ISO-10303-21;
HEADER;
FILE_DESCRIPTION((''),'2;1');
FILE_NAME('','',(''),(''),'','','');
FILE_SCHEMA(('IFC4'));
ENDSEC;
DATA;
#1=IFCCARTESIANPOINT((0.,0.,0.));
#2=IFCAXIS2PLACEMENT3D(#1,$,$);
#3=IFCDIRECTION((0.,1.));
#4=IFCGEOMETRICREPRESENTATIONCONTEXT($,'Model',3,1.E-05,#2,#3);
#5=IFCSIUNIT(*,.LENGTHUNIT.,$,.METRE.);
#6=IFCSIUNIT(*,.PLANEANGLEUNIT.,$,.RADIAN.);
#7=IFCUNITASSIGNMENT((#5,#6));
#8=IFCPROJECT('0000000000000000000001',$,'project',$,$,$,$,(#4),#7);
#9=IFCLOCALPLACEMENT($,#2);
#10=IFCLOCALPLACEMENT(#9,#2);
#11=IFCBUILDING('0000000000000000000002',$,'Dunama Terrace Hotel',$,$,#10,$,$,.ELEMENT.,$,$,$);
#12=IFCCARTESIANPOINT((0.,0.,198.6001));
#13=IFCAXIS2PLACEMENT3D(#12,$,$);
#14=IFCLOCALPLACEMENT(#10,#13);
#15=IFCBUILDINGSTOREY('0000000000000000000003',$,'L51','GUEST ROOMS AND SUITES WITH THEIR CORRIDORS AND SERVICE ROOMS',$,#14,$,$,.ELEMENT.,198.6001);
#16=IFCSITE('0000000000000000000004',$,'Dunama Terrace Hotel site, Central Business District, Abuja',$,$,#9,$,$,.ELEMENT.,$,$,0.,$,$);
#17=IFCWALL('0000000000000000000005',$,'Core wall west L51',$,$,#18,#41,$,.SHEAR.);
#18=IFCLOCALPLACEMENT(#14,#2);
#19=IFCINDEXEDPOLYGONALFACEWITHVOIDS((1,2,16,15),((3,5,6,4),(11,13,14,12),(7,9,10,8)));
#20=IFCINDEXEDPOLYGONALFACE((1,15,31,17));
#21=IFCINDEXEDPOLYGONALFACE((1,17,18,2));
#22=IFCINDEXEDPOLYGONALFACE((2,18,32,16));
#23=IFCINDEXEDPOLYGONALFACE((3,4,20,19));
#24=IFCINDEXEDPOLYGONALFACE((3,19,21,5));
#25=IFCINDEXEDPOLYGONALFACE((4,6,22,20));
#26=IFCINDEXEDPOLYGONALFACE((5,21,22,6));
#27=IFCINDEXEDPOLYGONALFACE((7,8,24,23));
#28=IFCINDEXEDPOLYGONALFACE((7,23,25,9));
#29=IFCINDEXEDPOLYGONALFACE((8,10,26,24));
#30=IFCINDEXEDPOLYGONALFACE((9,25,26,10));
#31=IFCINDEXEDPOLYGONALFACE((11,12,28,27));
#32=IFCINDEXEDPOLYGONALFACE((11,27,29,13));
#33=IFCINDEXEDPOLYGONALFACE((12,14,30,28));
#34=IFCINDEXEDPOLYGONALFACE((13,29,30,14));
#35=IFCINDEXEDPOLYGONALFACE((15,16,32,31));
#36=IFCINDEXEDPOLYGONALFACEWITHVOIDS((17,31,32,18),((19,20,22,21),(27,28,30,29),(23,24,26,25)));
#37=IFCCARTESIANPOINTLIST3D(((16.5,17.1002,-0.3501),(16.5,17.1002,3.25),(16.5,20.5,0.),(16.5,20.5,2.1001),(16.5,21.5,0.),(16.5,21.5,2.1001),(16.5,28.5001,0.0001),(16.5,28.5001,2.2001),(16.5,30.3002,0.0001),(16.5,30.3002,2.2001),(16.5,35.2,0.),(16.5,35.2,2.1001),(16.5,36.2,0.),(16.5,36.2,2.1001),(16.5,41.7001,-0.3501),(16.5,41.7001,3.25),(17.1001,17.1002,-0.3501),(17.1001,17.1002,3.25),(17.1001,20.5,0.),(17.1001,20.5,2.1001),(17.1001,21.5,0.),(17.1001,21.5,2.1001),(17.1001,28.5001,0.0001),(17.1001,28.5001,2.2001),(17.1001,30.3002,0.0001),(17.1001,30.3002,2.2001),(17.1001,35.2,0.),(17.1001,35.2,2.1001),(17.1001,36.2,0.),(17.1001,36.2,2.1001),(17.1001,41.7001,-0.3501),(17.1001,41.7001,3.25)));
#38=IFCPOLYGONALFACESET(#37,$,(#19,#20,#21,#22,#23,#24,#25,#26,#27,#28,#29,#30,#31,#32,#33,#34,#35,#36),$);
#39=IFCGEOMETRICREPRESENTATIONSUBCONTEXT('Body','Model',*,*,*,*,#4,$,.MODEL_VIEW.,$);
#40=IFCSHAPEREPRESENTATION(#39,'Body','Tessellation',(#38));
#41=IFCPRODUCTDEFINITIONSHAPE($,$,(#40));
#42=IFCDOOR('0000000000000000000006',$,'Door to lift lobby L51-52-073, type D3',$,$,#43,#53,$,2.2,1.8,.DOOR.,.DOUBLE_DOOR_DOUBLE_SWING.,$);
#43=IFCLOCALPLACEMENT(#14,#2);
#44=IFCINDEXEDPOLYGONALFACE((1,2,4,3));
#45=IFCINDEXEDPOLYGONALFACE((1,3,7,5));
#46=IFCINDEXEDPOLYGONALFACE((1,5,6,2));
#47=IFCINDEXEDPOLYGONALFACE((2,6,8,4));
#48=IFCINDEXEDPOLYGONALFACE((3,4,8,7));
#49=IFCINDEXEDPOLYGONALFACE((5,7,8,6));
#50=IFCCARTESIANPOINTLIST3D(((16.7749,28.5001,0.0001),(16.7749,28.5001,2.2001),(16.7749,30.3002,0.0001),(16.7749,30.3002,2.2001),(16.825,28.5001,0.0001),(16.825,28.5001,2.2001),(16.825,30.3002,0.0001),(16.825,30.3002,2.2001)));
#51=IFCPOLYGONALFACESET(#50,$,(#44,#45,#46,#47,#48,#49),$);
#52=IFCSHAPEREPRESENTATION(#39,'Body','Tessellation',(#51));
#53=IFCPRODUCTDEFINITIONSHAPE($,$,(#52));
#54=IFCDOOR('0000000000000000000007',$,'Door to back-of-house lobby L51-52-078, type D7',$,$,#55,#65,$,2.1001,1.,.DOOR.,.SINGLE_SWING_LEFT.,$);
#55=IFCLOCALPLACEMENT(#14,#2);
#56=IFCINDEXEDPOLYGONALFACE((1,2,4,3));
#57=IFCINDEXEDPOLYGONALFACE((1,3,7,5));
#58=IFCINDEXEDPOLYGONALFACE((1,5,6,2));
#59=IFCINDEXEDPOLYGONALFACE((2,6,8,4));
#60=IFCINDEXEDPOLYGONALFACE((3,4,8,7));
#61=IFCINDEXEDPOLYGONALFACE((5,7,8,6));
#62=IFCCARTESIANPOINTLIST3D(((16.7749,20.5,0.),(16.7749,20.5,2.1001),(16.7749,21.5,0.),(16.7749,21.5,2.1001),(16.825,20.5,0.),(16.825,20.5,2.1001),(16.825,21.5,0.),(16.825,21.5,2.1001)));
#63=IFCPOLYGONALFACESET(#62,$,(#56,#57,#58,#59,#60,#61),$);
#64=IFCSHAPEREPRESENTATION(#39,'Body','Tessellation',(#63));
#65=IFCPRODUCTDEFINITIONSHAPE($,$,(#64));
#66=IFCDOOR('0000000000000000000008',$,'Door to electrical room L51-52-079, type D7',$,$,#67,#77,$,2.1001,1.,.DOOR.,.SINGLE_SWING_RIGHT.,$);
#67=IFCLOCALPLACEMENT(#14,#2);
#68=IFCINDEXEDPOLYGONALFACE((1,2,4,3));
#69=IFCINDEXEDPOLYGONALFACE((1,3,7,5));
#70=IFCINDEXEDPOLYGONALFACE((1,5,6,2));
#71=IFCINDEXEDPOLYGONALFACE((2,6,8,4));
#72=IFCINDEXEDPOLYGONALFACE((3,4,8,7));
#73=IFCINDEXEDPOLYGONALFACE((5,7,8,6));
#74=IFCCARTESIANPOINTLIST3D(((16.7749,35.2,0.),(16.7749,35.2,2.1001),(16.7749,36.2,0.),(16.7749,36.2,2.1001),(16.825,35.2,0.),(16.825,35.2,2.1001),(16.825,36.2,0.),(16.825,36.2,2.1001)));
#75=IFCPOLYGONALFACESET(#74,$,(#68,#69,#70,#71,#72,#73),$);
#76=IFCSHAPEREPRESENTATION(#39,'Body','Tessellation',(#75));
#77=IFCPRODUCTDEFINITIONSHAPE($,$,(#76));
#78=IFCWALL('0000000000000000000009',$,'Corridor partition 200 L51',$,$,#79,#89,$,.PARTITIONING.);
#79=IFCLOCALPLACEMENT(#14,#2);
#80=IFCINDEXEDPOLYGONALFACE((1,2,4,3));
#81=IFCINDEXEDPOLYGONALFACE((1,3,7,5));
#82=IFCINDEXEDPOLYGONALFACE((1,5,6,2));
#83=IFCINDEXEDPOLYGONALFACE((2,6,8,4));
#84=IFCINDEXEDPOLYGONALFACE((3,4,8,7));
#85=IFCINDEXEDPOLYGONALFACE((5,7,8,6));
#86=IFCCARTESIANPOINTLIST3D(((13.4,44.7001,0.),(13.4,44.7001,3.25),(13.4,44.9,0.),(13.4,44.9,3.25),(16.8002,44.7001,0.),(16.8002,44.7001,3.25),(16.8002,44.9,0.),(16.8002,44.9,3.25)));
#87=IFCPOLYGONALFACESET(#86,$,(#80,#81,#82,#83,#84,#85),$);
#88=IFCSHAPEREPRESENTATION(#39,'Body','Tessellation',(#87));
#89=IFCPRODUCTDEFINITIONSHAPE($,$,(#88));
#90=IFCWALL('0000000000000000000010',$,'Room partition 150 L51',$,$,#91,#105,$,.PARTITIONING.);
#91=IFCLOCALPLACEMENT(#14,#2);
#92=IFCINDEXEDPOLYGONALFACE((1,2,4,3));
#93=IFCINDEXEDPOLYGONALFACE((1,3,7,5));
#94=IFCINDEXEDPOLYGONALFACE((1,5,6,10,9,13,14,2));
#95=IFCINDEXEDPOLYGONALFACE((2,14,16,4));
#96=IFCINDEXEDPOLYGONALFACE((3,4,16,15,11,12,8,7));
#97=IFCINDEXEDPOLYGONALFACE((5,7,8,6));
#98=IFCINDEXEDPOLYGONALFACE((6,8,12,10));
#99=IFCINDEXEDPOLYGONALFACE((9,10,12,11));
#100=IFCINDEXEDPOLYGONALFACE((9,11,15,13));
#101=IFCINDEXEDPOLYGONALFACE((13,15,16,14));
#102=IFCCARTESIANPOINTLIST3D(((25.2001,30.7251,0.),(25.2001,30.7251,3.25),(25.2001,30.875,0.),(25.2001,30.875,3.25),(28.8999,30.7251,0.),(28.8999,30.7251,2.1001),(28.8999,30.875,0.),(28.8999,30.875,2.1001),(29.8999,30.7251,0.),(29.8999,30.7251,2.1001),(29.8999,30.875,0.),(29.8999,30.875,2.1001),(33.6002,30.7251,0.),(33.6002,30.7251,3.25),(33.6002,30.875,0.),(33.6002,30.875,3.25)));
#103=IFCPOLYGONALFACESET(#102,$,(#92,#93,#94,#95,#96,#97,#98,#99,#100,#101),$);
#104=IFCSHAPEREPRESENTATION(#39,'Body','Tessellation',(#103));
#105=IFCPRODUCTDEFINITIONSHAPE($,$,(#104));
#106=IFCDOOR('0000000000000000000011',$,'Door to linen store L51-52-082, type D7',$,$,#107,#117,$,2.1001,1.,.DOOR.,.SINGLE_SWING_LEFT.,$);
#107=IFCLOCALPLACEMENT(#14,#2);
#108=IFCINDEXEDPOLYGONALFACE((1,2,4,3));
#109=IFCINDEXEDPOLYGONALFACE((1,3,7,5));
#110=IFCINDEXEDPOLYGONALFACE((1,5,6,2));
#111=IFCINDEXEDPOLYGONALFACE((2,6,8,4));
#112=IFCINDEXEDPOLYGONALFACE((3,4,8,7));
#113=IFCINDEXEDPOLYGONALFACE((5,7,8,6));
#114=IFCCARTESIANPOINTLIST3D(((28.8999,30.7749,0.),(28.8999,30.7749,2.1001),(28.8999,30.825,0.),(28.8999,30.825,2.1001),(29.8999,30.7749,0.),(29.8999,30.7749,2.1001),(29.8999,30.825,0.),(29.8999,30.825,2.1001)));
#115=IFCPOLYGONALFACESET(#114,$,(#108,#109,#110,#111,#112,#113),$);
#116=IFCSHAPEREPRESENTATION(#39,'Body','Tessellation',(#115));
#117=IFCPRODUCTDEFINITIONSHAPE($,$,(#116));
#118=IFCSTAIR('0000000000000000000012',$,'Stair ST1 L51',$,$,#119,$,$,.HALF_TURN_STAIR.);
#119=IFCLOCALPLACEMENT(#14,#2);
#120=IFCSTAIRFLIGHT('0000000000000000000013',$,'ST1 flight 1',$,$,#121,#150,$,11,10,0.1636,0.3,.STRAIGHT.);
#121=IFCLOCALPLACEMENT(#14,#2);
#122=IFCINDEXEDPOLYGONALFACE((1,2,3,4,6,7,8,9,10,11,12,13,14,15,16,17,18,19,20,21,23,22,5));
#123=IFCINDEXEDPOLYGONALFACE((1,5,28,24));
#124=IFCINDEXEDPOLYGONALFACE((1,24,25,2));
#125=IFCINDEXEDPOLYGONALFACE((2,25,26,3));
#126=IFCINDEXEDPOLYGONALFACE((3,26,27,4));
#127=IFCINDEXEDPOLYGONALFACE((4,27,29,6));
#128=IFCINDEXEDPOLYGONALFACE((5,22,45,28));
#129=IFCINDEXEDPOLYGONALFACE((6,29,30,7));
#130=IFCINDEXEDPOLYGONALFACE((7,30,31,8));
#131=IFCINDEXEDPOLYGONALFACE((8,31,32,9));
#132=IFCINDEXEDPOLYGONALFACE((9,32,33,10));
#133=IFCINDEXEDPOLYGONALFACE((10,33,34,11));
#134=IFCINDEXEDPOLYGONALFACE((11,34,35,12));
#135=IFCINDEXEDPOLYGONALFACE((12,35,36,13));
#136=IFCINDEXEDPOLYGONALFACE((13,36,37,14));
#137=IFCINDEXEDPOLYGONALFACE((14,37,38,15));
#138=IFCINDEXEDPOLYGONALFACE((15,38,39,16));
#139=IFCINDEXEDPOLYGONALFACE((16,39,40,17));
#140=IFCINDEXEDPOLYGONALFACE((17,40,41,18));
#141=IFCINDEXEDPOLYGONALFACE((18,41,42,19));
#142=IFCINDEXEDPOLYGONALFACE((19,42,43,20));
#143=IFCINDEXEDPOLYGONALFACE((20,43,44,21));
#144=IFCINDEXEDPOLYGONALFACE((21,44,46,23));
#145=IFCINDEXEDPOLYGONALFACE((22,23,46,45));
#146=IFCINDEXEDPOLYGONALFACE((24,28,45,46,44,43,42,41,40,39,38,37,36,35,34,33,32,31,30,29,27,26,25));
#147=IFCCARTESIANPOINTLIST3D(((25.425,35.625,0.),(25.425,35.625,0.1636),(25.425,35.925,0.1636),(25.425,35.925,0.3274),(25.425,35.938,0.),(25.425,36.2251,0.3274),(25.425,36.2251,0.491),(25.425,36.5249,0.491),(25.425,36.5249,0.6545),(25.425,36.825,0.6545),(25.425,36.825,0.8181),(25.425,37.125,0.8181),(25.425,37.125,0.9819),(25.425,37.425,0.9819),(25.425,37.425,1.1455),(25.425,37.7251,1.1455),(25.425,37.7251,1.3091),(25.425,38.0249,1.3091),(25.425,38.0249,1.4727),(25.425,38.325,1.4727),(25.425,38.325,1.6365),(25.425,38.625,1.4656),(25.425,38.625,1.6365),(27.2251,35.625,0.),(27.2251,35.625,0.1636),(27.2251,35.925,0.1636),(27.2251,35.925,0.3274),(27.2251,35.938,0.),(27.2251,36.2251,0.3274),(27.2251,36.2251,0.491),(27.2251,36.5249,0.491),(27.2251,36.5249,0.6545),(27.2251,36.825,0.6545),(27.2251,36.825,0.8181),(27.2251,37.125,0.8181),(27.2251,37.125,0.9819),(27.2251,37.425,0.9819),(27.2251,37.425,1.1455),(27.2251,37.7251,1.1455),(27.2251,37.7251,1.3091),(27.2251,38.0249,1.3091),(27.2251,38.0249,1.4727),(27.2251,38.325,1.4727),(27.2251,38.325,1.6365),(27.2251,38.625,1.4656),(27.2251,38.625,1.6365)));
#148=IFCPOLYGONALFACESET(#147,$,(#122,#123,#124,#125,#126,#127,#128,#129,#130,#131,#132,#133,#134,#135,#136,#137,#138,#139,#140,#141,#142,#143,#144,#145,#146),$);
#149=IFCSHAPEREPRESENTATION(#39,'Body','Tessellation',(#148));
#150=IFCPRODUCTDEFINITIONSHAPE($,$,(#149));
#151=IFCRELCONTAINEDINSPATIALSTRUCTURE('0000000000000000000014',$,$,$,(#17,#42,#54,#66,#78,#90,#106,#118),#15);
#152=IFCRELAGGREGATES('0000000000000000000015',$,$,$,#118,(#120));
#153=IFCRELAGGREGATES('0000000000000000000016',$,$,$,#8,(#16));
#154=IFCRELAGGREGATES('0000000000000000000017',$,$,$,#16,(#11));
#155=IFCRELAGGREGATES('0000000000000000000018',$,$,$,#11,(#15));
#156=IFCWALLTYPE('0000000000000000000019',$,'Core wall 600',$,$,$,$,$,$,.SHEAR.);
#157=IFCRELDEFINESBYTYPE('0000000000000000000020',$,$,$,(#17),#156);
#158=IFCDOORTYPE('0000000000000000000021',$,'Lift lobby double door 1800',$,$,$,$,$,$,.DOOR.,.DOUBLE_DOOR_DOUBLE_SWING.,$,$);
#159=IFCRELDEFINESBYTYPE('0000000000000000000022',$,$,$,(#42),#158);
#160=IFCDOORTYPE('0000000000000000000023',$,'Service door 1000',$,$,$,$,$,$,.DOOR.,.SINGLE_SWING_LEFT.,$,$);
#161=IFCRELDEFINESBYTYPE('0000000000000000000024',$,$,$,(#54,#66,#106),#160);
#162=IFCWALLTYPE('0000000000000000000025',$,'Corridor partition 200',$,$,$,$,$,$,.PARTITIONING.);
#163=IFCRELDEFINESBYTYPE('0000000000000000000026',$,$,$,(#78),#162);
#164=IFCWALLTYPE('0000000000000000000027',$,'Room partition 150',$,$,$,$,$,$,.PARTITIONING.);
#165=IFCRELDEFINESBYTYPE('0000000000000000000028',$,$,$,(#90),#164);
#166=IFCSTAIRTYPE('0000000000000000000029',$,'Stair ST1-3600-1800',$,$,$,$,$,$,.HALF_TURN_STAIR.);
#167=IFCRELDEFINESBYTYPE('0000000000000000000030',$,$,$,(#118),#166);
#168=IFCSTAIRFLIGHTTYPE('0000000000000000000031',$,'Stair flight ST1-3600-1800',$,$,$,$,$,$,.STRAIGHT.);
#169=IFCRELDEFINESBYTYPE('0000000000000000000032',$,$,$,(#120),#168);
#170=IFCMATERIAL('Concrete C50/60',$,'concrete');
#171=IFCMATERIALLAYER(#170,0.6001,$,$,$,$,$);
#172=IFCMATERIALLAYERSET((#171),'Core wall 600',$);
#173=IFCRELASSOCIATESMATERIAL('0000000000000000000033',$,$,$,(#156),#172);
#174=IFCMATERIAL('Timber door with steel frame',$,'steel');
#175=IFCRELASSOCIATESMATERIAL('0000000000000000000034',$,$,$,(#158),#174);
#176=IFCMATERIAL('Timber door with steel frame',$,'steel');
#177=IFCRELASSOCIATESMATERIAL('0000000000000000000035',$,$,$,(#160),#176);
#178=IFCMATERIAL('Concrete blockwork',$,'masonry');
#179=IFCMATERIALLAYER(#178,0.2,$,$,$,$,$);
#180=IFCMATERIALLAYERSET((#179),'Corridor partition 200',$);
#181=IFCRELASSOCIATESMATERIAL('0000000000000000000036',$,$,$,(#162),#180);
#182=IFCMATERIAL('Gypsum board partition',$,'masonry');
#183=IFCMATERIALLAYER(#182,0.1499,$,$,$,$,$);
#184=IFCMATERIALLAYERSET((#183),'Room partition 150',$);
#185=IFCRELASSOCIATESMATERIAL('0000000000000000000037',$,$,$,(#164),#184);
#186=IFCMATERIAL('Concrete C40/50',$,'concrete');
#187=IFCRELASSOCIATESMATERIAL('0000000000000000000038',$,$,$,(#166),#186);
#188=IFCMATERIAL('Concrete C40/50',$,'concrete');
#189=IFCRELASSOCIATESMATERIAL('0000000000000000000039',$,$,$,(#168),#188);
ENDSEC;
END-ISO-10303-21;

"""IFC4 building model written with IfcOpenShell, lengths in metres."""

from ifc_helpers import new_model, si_unit, direction, frame, frame_2d, origin, place, context, subcontext, project, spatial, polyline, rectangle, outline, extrude, material, layer, layer_set, type_object, element, fill, aggregate, save


model = new_model("IFC4")

# Units and contexts
model_context = context("Model", 3, precision=1e-05, world=origin(), true_north=direction((0.0, 1.0)))
body_context = subcontext(model_context, "Body", "Model", "MODEL_VIEW")
ifc_project = project(units=[si_unit("LENGTHUNIT", "METRE"), si_unit("PLANEANGLEUNIT", "RADIAN")], contexts=[model_context])

# Site, building, storey
site_placement = place(None, origin())
site = spatial("IfcSite", under=ifc_project, at=site_placement, Name="Dunama Terrace Hotel site, Central Business District, Abuja", CompositionType="ELEMENT", RefElevation=0.0)
building_placement = place(site_placement, origin())
building = spatial("IfcBuilding", under=site, at=building_placement, Name="Dunama Terrace Hotel", CompositionType="ELEMENT")
storey_placement = place(building_placement, frame((0.0, 0.0, 198.6001)))
storey = spatial("IfcBuildingStorey", under=building, at=storey_placement, Name="L51", Description="GUEST ROOMS AND SUITES WITH THEIR CORRIDORS AND SERVICE ROOMS", CompositionType="ELEMENT", Elevation=198.6001)

# Wall, openings, doors
ifc_material_1 = material(Name="Concrete C50/60", Category="concrete")
ifc_layer_1 = layer(ifc_material_1, 0.6001)
ifc_layer_set_1 = layer_set([ifc_layer_1], Name="Core wall 600")
wall_type_1 = type_object("IfcWallType", Name="Core wall 600", PredefinedType="SHEAR", material=ifc_layer_set_1)
wall_1_placement = place(storey_placement, frame((16.8, 41.7, -0.3501), z_axis=(0.0, 0.0, 1.0), x_axis=(0.0, -1.0, 0.0)))
wall_1 = element("IfcWall", 1, at=wall_1_placement, inside=storey, type_object=wall_type_1, Name="Core wall west L51", PredefinedType="SHEAR", context=body_context, shape_type="SweptSolid", body=[
    extrude(rectangle(XDim=24.5999, YDim=0.6001, at=frame_2d((12.2998, 0.0))), origin(), (0.0, 0.0, 1.0), 3.6001),
])
opening_1_placement = place(wall_1_placement, frame((11.3999, 0.0, 0.3501)))
opening_1 = element("IfcOpeningElement", 2, at=opening_1_placement, cuts=wall_1, PredefinedType="OPENING", context=body_context, shape_type="SweptSolid", body=[
    extrude(rectangle(XDim=1.8, YDim=2.2, at=frame_2d((0.8999, 1.1001))), frame((0.0, 0.3101, 0.0), z_axis=(0.0, -1.0, 0.0), x_axis=(1.0, 0.0, 0.0)), (0.0, 0.0, 1.0), 0.6201),
])
opening_2_placement = place(wall_1_placement, frame((20.2, 0.0, 0.3501)))
opening_2 = element("IfcOpeningElement", 3, at=opening_2_placement, cuts=wall_1, PredefinedType="OPENING", context=body_context, shape_type="SweptSolid", body=[
    extrude(rectangle(XDim=1.0, YDim=2.1001, at=frame_2d((0.5, 1.05))), frame((0.0, 0.3101, 0.0), z_axis=(0.0, -1.0, 0.0), x_axis=(1.0, 0.0, 0.0)), (0.0, 0.0, 1.0), 0.6201),
])
opening_3_placement = place(wall_1_placement, frame((5.5, 0.0, 0.3501)))
opening_3 = element("IfcOpeningElement", 4, at=opening_3_placement, cuts=wall_1, PredefinedType="OPENING", context=body_context, shape_type="SweptSolid", body=[
    extrude(rectangle(XDim=1.0, YDim=2.1001, at=frame_2d((0.5, 1.05))), frame((0.0, 0.3101, 0.0), z_axis=(0.0, -1.0, 0.0), x_axis=(1.0, 0.0, 0.0)), (0.0, 0.0, 1.0), 0.6201),
])
ifc_material_2 = material(Name="Timber door with steel frame", Category="steel")
door_type_1 = type_object("IfcDoorType", Name="Lift lobby double door 1800", OperationType="DOUBLE_DOOR_DOUBLE_SWING", PredefinedType="DOOR", material=ifc_material_2)
door_1_placement = place(opening_1_placement, origin())
door_1 = element("IfcDoor", 5, at=door_1_placement, inside=storey, type_object=door_type_1, Name="Door to lift lobby L51-52-073, type D3", OperationType="DOUBLE_DOOR_DOUBLE_SWING", OverallHeight=2.2, OverallWidth=1.8, PredefinedType="DOOR", context=body_context, shape_type="SweptSolid", body=[
    extrude(rectangle(XDim=1.8, YDim=2.2, at=frame_2d((0.8999, 1.1001))), frame((0.0, 0.0249, 0.0), z_axis=(0.0, -1.0, 0.0), x_axis=(1.0, 0.0, 0.0)), (0.0, 0.0, 1.0), 0.05),
])
fill(opening_1, door_1)
ifc_material_3 = material(Name="Timber door with steel frame", Category="steel")
door_type_2 = type_object("IfcDoorType", Name="Service door 1000", OperationType="SINGLE_SWING_LEFT", PredefinedType="DOOR", material=ifc_material_3)
door_2_placement = place(opening_2_placement, origin())
door_2 = element("IfcDoor", 6, at=door_2_placement, inside=storey, type_object=door_type_2, Name="Door to back-of-house lobby L51-52-078, type D7", OperationType="SINGLE_SWING_LEFT", OverallHeight=2.1001, OverallWidth=1.0, PredefinedType="DOOR", context=body_context, shape_type="SweptSolid", body=[
    extrude(rectangle(XDim=1.0, YDim=2.1001, at=frame_2d((0.5, 1.05))), frame((0.0, 0.0249, 0.0), z_axis=(0.0, -1.0, 0.0), x_axis=(1.0, 0.0, 0.0)), (0.0, 0.0, 1.0), 0.05),
])
fill(opening_2, door_2)
door_3_placement = place(opening_3_placement, origin())
door_3 = element("IfcDoor", 7, at=door_3_placement, inside=storey, type_object=door_type_2, Name="Door to electrical room L51-52-079, type D7", OperationType="SINGLE_SWING_RIGHT", OverallHeight=2.1001, OverallWidth=1.0, PredefinedType="DOOR", context=body_context, shape_type="SweptSolid", body=[
    extrude(rectangle(XDim=1.0, YDim=2.1001, at=frame_2d((0.5, 1.05))), frame((0.0, 0.0249, 0.0), z_axis=(0.0, -1.0, 0.0), x_axis=(1.0, 0.0, 0.0)), (0.0, 0.0, 1.0), 0.05),
])
fill(opening_3, door_3)

# Wall
ifc_material_4 = material(Name="Concrete blockwork", Category="masonry")
ifc_layer_2 = layer(ifc_material_4, 0.2)
ifc_layer_set_2 = layer_set([ifc_layer_2], Name="Corridor partition 200")
wall_type_2 = type_object("IfcWallType", Name="Corridor partition 200", PredefinedType="PARTITIONING", material=ifc_layer_set_2)
wall_2_placement = place(storey_placement, frame((13.3999, 44.8, 0.0), z_axis=(0.0, 0.0, 1.0), x_axis=(1.0, 0.0, 0.0)))
element("IfcWall", 8, at=wall_2_placement, inside=storey, type_object=wall_type_2, Name="Corridor partition 200 L51", PredefinedType="PARTITIONING", context=body_context, shape_type="SweptSolid", body=[
    extrude(rectangle(XDim=3.4001, YDim=0.2, at=frame_2d((1.7002, 0.0))), origin(), (0.0, 0.0, 1.0), 3.25),
])

# Wall, opening, door
ifc_material_5 = material(Name="Gypsum board partition", Category="masonry")
ifc_layer_3 = layer(ifc_material_5, 0.1499)
ifc_layer_set_3 = layer_set([ifc_layer_3], Name="Room partition 150")
wall_type_3 = type_object("IfcWallType", Name="Room partition 150", PredefinedType="PARTITIONING", material=ifc_layer_set_3)
wall_3_placement = place(storey_placement, frame((25.2, 30.8, 0.0), z_axis=(0.0, 0.0, 1.0), x_axis=(1.0, 0.0, 0.0)))
wall_3 = element("IfcWall", 9, at=wall_3_placement, inside=storey, type_object=wall_type_3, Name="Room partition 150 L51", PredefinedType="PARTITIONING", context=body_context, shape_type="SweptSolid", body=[
    extrude(rectangle(XDim=8.4001, YDim=0.1499, at=frame_2d((4.2002, 0.0))), origin(), (0.0, 0.0, 1.0), 3.25),
])
opening_4_placement = place(wall_3_placement, frame((3.7, 0.0, 0.0)))
opening_4 = element("IfcOpeningElement", 10, at=opening_4_placement, cuts=wall_3, PredefinedType="OPENING", context=body_context, shape_type="SweptSolid", body=[
    extrude(rectangle(XDim=1.0, YDim=2.1001, at=frame_2d((0.5, 1.05))), frame((0.0, 0.085, 0.0), z_axis=(0.0, -1.0, 0.0), x_axis=(1.0, 0.0, 0.0)), (0.0, 0.0, 1.0), 0.1699),
])
door_4_placement = place(opening_4_placement, origin())
door_4 = element("IfcDoor", 11, at=door_4_placement, inside=storey, type_object=door_type_2, Name="Door to linen store L51-52-082, type D7", OperationType="SINGLE_SWING_LEFT", OverallHeight=2.1001, OverallWidth=1.0, PredefinedType="DOOR", context=body_context, shape_type="SweptSolid", body=[
    extrude(rectangle(XDim=1.0, YDim=2.1001, at=frame_2d((0.5, 1.05))), frame((0.0, 0.0249, 0.0), z_axis=(0.0, -1.0, 0.0), x_axis=(1.0, 0.0, 0.0)), (0.0, 0.0, 1.0), 0.05),
])
fill(opening_4, door_4)

# Stair, stair flight
ifc_material_6 = material(Name="Concrete C40/50", Category="concrete")
stair_type = type_object("IfcStairType", Name="Stair ST1-3600-1800", PredefinedType="HALF_TURN_STAIR", material=ifc_material_6)
stair_placement = place(storey_placement, origin())
stair = element("IfcStair", 12, at=stair_placement, inside=storey, type_object=stair_type, Name="Stair ST1 L51", PredefinedType="HALF_TURN_STAIR")
ifc_material_7 = material(Name="Concrete C40/50", Category="concrete")
stair_flight_type = type_object("IfcStairFlightType", Name="Stair flight ST1-3600-1800", PredefinedType="STRAIGHT", material=ifc_material_7)
stair_flight_placement = place(storey_placement, frame((26.325, 35.625, 0.0), z_axis=(0.0, 0.0, 1.0), x_axis=(0.0, 1.0, 0.0)))
stair_flight = element("IfcStairFlight", 13, at=stair_flight_placement, type_object=stair_flight_type, Name="ST1 flight 1", NumberOfRisers=11, NumberOfTreads=10, PredefinedType="STRAIGHT", RiserHeight=0.1636, TreadLength=0.3, context=body_context, shape_type="SweptSolid", body=[
    extrude(outline(polyline([(0.0, 0.0), (0.0, 0.1636), (0.3, 0.1636), (0.3, 0.3274), (0.6001, 0.3274), (0.6001, 0.491), (0.8999, 0.491), (0.8999, 0.6545), (1.2, 0.6545), (1.2, 0.8181), (1.5, 0.8181), (1.5, 0.9819), (1.8, 0.9819), (1.8, 1.1455), (2.1001, 1.1455), (2.1001, 1.3091), (2.3999, 1.3091), (2.3999, 1.4727), (2.7, 1.4727), (2.7, 1.6365), (3.0, 1.6365), (3.0, 1.8), (3.0, 1.4656), (0.313, 0.0), (0.0, 0.0)])), frame((0.0, 0.8999, 0.0), z_axis=(0.0, -1.0, 0.0), x_axis=(1.0, 0.0, 0.0)), (0.0, 0.0, 1.0), 1.8),
])
aggregate(stair, [stair_flight])

save(model, "model.ifc")
